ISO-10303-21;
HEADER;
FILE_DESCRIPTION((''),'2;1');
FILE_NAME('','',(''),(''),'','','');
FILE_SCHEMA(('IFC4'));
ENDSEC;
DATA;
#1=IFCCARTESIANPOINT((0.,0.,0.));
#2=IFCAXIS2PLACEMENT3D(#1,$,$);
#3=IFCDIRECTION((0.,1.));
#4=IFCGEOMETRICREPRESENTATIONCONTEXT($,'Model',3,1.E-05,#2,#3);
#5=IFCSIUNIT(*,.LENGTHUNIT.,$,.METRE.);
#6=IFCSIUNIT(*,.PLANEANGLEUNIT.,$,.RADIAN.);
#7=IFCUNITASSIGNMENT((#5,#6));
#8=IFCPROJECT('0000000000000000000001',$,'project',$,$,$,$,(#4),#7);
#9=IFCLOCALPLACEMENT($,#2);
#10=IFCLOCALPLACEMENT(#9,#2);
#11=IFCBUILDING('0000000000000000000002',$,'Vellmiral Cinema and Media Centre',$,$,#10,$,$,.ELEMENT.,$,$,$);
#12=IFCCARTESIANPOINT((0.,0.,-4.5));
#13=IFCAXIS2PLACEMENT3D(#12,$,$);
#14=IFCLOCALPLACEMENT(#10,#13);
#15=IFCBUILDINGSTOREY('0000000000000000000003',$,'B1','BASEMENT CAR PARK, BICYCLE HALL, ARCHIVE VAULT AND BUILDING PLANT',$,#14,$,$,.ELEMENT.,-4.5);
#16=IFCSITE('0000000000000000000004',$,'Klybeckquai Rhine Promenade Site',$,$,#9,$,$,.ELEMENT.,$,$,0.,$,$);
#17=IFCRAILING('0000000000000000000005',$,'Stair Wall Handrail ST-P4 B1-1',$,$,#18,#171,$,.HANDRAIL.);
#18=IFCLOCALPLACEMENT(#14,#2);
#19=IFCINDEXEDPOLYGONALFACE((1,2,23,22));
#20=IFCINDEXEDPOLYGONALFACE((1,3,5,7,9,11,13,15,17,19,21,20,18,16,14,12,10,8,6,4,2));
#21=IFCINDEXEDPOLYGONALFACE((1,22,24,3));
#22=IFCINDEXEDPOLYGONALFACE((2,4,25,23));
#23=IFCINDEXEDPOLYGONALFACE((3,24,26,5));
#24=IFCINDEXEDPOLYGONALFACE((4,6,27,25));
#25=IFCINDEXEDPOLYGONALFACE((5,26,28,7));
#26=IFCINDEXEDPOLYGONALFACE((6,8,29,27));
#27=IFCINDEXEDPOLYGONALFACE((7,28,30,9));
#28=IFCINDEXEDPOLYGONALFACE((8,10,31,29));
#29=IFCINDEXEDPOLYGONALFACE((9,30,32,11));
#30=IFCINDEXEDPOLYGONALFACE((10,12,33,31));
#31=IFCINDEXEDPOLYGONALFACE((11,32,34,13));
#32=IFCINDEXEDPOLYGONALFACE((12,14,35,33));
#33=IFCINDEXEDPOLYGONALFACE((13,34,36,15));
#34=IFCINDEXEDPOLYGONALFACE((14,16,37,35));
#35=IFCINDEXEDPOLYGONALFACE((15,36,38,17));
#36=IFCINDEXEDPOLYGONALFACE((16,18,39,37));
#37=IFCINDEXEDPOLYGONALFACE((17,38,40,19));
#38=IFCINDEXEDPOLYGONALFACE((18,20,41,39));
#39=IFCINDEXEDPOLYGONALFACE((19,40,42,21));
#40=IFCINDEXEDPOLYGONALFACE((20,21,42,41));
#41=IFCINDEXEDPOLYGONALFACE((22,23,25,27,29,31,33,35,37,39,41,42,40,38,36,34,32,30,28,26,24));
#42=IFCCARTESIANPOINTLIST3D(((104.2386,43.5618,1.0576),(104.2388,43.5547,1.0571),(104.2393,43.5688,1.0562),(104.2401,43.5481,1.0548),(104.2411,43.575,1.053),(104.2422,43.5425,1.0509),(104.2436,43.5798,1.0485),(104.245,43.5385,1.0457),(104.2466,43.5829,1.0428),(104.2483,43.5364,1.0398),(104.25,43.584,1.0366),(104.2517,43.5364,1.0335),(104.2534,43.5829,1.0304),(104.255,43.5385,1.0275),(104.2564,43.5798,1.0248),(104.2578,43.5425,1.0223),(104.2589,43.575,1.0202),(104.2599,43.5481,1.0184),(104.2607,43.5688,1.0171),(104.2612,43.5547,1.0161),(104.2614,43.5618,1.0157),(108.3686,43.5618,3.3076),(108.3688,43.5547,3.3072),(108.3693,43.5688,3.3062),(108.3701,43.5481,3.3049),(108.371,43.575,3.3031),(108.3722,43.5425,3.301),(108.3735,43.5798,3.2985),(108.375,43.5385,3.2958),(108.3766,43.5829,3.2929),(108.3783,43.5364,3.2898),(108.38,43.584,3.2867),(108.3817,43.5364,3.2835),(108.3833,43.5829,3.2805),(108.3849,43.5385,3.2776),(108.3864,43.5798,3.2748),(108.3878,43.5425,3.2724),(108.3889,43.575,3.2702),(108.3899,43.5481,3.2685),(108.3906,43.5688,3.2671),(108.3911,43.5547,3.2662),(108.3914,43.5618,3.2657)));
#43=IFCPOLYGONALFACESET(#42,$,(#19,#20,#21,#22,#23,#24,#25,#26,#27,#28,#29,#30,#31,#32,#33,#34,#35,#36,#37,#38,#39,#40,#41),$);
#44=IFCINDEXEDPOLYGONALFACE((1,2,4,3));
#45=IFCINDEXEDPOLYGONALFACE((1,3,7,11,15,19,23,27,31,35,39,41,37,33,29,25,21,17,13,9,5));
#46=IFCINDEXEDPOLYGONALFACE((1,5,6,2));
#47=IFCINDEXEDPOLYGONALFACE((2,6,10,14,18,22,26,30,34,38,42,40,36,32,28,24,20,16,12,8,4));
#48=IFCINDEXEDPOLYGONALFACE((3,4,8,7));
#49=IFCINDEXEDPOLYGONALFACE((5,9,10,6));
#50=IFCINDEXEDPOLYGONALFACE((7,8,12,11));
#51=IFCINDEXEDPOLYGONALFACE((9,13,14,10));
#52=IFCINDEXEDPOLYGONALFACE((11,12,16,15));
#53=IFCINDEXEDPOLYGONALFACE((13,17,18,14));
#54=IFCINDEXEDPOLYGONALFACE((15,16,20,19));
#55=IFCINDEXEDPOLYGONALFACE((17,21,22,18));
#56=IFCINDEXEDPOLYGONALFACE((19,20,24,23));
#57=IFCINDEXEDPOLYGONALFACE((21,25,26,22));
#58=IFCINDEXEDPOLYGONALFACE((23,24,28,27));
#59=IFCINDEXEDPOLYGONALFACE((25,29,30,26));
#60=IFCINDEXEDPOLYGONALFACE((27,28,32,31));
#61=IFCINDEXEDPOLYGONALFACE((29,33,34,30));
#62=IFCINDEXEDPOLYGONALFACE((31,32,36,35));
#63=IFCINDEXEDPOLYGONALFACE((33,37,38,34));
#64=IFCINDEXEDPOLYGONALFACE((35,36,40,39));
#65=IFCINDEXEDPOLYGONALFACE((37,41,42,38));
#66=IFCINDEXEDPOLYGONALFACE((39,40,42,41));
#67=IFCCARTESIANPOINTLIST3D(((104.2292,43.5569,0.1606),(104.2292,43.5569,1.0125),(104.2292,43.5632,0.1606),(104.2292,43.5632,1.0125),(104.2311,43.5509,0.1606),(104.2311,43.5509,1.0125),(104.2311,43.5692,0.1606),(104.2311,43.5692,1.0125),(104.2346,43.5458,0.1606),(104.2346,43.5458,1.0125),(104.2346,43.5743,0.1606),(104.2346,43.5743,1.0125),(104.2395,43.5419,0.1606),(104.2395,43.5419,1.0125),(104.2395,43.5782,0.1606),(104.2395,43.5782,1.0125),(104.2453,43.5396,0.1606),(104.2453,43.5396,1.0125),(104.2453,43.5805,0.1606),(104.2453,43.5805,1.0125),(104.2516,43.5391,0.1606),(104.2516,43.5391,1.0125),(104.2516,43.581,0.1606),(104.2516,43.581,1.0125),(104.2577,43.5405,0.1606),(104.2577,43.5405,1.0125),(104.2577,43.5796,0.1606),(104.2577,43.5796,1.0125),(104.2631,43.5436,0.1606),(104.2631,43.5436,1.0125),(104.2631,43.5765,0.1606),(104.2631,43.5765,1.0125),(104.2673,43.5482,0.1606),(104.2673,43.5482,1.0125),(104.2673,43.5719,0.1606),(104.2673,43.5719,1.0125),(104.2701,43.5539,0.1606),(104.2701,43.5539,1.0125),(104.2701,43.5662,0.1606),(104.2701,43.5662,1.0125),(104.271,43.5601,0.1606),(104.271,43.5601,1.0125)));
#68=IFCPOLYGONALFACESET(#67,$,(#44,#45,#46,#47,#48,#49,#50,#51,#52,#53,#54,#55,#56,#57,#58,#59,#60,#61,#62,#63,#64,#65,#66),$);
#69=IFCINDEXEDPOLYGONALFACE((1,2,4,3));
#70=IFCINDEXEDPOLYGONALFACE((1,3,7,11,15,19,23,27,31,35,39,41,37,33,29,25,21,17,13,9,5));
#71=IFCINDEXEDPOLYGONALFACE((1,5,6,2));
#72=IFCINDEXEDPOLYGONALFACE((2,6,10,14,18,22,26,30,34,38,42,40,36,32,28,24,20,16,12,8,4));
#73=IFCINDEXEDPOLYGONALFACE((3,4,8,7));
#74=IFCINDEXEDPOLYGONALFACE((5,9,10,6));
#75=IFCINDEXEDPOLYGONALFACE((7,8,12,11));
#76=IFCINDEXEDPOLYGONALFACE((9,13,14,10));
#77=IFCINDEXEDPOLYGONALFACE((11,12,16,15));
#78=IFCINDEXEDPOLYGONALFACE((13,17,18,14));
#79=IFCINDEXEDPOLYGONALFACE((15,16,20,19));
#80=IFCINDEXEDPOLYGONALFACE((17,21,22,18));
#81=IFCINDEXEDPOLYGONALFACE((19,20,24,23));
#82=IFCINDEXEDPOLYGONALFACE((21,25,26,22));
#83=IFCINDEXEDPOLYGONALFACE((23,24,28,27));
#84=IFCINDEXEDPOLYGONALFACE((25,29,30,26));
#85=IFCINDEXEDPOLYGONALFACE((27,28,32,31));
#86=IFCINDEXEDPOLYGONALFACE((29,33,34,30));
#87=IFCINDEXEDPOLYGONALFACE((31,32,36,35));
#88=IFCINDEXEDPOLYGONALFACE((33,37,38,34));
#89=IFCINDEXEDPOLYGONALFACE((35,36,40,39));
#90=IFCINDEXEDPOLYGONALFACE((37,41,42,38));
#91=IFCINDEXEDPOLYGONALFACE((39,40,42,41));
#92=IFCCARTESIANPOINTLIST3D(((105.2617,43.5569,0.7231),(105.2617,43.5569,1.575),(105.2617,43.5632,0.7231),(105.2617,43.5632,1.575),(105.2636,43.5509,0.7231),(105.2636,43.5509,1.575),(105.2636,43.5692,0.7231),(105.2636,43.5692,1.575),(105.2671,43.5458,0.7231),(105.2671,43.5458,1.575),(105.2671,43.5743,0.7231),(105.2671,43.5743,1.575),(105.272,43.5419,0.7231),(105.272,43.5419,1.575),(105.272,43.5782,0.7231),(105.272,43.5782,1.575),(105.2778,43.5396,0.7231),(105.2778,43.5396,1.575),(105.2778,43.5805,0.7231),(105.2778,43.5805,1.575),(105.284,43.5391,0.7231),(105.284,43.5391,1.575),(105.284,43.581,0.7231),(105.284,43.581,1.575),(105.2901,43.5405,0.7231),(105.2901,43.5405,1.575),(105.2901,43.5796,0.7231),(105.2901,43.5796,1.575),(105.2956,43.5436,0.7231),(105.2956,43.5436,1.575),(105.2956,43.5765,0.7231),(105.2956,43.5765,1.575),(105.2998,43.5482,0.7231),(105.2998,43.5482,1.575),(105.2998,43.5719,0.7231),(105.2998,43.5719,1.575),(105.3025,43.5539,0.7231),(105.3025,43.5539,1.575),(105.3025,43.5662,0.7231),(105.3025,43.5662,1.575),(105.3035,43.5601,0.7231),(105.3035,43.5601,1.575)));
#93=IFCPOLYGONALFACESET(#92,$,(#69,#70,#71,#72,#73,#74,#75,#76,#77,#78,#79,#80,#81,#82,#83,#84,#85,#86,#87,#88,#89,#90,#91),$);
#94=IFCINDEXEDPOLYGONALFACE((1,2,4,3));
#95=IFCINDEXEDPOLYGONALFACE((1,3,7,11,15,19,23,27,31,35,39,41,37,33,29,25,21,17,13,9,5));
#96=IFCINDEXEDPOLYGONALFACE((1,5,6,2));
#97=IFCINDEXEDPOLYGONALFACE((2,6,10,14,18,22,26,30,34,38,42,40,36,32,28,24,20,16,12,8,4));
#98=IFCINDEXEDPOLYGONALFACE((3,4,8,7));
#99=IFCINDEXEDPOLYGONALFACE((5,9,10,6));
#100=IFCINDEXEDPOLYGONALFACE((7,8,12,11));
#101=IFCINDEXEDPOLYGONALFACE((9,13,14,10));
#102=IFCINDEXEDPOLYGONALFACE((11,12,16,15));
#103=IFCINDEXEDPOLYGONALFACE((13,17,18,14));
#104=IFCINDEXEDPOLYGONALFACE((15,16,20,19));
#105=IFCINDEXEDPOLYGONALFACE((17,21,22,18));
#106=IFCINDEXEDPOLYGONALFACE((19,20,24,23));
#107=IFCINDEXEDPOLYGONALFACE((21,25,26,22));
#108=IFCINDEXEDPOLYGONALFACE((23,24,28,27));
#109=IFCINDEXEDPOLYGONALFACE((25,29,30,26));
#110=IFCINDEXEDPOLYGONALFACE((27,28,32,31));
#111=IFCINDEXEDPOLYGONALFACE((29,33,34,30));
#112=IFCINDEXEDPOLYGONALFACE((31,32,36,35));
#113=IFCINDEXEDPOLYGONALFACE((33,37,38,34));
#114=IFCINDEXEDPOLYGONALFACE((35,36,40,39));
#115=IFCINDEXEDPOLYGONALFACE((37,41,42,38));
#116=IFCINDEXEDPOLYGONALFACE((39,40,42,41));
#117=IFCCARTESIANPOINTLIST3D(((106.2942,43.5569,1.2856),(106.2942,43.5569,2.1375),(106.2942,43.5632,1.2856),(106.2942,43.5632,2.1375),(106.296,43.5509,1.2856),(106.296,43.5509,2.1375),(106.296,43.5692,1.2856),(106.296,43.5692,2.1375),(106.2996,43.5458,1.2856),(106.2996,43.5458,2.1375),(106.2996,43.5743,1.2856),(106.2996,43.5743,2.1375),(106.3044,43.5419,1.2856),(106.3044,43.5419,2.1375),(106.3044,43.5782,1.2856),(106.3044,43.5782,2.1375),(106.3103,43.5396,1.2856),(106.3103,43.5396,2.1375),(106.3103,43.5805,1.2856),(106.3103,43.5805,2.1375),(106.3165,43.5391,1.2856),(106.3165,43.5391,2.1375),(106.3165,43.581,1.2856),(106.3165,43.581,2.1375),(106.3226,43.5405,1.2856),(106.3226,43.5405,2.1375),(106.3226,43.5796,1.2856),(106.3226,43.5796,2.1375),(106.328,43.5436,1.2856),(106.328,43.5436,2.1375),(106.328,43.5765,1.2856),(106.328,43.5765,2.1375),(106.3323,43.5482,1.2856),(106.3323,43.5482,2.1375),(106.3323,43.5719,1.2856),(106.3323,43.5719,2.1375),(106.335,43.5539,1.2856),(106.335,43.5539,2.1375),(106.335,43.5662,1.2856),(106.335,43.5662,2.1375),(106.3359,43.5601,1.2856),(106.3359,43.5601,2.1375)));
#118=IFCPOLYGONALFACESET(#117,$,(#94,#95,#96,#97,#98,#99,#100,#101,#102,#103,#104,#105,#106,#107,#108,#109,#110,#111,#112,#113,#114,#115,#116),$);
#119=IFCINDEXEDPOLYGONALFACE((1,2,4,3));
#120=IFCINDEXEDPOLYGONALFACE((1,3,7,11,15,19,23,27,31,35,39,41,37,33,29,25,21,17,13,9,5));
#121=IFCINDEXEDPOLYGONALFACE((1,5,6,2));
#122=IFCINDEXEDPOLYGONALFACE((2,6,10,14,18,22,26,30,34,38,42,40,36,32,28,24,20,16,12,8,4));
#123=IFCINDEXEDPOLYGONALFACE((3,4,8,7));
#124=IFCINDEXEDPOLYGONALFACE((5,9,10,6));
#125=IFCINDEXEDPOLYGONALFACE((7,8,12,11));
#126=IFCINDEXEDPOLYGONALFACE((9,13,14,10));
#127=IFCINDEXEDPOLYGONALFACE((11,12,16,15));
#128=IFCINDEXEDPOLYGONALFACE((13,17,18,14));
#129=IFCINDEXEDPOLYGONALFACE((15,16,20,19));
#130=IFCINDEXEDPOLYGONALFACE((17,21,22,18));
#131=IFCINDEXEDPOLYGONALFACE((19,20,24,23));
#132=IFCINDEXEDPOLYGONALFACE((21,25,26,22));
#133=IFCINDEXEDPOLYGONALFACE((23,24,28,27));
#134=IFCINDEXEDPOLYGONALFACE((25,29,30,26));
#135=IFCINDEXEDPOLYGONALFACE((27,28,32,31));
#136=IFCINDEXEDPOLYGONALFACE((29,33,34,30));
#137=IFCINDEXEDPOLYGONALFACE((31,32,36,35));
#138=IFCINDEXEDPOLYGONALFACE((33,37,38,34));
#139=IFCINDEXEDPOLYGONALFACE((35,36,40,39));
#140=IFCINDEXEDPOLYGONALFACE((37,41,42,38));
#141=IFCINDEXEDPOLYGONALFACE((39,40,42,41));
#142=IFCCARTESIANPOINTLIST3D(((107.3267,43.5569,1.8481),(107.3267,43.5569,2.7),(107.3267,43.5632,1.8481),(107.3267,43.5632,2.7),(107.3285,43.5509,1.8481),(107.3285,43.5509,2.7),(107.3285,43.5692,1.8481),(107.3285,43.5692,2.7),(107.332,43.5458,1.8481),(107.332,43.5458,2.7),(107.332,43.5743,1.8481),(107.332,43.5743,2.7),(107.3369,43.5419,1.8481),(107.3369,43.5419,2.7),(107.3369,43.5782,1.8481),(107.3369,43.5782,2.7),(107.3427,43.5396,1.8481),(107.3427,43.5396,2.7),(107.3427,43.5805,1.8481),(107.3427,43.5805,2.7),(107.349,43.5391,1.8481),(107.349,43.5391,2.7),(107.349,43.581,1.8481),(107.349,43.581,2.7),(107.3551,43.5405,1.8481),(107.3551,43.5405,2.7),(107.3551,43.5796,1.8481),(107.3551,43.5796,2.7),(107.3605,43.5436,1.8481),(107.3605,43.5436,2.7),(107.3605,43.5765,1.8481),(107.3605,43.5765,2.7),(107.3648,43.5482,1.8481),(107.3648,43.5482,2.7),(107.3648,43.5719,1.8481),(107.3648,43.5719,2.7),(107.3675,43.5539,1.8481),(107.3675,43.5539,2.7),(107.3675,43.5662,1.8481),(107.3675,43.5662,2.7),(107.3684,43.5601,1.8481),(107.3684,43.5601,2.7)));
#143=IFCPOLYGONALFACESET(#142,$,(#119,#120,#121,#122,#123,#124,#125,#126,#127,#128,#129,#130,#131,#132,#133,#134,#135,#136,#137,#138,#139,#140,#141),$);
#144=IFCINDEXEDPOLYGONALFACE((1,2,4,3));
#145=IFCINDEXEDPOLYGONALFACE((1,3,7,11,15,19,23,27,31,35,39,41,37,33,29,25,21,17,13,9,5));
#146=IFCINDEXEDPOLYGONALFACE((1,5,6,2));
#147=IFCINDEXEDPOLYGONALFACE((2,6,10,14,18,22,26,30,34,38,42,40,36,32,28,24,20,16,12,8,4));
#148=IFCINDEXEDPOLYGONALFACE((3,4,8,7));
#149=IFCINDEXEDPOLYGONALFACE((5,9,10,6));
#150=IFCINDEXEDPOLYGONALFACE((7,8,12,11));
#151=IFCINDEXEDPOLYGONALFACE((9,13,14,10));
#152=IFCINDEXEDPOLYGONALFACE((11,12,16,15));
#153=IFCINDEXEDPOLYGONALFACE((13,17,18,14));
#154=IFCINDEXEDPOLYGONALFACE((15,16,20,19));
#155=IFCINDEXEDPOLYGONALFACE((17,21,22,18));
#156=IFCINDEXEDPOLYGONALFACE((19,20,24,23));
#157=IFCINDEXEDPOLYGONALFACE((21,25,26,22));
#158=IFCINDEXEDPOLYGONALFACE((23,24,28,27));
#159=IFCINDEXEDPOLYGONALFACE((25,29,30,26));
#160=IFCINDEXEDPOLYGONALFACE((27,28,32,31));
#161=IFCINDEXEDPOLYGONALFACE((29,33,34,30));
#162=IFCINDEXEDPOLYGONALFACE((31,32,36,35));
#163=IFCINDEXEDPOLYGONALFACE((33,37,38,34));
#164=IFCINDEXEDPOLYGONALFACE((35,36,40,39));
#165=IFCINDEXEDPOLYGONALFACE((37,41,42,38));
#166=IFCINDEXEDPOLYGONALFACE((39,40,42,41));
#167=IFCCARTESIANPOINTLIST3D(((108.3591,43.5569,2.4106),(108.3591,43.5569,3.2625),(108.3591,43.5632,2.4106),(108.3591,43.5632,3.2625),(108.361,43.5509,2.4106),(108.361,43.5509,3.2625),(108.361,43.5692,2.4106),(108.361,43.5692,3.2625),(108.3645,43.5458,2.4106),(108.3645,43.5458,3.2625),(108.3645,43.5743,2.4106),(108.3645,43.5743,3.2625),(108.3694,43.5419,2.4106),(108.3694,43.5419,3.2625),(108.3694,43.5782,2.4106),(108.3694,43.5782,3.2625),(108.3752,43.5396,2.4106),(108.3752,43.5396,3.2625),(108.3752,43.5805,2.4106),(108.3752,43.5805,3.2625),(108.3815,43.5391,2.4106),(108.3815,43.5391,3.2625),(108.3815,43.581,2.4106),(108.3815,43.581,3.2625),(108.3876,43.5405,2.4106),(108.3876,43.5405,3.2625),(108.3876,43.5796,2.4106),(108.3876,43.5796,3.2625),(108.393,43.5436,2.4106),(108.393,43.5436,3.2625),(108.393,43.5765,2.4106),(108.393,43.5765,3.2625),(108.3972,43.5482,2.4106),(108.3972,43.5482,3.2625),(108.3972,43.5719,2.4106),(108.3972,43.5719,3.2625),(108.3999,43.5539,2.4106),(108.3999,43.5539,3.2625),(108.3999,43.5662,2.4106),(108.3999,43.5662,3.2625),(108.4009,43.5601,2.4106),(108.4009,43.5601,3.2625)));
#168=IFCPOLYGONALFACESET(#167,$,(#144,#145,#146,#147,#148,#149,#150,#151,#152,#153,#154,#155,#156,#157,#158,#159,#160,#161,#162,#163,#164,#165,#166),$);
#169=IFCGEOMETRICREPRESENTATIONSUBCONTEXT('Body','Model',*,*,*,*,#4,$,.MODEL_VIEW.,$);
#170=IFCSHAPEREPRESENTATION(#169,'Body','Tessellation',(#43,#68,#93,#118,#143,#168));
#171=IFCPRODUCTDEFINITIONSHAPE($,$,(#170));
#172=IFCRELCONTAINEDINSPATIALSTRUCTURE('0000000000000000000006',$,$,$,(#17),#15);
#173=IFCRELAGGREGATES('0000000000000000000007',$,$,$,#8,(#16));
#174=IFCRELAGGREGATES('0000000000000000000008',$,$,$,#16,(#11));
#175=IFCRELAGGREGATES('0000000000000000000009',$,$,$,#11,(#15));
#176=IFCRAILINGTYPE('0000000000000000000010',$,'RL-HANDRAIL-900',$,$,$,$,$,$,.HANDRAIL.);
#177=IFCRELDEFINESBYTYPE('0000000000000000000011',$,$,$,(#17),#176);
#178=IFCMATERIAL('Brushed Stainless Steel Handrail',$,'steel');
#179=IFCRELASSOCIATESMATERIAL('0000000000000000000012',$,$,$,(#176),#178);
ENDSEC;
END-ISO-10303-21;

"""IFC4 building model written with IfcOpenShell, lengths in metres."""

from ifc_helpers import new_model, si_unit, direction, frame, origin, origin_2d, place, context, subcontext, project, spatial, circle, extrude, material, type_object, element, save


model = new_model("IFC4")

# Units and contexts
model_context = context("Model", 3, precision=1e-05, world=origin(), true_north=direction((0.0, 1.0)))
body_context = subcontext(model_context, "Body", "Model", "MODEL_VIEW")
ifc_project = project(units=[si_unit("LENGTHUNIT", "METRE"), si_unit("PLANEANGLEUNIT", "RADIAN")], contexts=[model_context])

# Site, building, storey
site_placement = place(None, origin())
site = spatial("IfcSite", under=ifc_project, at=site_placement, Name="Klybeckquai Rhine Promenade Site", CompositionType="ELEMENT", RefElevation=0.0)
building_placement = place(site_placement, origin())
building = spatial("IfcBuilding", under=site, at=building_placement, Name="Vellmiral Cinema and Media Centre", CompositionType="ELEMENT")
storey_placement = place(building_placement, frame((0.0, 0.0, -4.5)))
storey = spatial("IfcBuildingStorey", under=building, at=storey_placement, Name="B1", Description="BASEMENT CAR PARK, BICYCLE HALL, ARCHIVE VAULT AND BUILDING PLANT", CompositionType="ELEMENT", Elevation=-4.5)

# Railing
ifc_material_1 = material(Name="Brushed Stainless Steel Handrail", Category="steel")
railing_type = type_object("IfcRailingType", Name="RL-HANDRAIL-900", PredefinedType="HANDRAIL", material=ifc_material_1)
railing_placement = place(storey_placement, frame((104.25, 43.5601, 0.1606)))
element("IfcRailing", 1, at=railing_placement, inside=storey, type_object=railing_type, Name="Stair Wall Handrail ST-P4 B1-1", PredefinedType="HANDRAIL", context=body_context, shape_type="SweptSolid", body=[
    extrude(circle(Radius=0.0239, at=origin_2d()), frame((0.0, 0.0, 0.876), z_axis=(0.878134, 0.0, 0.478416), x_axis=(0.0, 1.0, 0.0)), (0.0, 0.0, 1.0), 4.7031),
    extrude(circle(Radius=0.021, at=origin_2d()), origin(), (0.0, 0.0, 1.0), 0.8518),
    extrude(circle(Radius=0.021, at=origin_2d()), frame((1.0325, 0.0, 0.5625)), (0.0, 0.0, 1.0), 0.8518),
    extrude(circle(Radius=0.021, at=origin_2d()), frame((2.0649, 0.0, 1.125)), (0.0, 0.0, 1.0), 0.8518),
    extrude(circle(Radius=0.021, at=origin_2d()), frame((3.0974, 0.0, 1.6875)), (0.0, 0.0, 1.0), 0.8518),
    extrude(circle(Radius=0.021, at=origin_2d()), frame((4.1299, 0.0, 2.25)), (0.0, 0.0, 1.0), 0.8518),
])

save(model, "model.ifc")
